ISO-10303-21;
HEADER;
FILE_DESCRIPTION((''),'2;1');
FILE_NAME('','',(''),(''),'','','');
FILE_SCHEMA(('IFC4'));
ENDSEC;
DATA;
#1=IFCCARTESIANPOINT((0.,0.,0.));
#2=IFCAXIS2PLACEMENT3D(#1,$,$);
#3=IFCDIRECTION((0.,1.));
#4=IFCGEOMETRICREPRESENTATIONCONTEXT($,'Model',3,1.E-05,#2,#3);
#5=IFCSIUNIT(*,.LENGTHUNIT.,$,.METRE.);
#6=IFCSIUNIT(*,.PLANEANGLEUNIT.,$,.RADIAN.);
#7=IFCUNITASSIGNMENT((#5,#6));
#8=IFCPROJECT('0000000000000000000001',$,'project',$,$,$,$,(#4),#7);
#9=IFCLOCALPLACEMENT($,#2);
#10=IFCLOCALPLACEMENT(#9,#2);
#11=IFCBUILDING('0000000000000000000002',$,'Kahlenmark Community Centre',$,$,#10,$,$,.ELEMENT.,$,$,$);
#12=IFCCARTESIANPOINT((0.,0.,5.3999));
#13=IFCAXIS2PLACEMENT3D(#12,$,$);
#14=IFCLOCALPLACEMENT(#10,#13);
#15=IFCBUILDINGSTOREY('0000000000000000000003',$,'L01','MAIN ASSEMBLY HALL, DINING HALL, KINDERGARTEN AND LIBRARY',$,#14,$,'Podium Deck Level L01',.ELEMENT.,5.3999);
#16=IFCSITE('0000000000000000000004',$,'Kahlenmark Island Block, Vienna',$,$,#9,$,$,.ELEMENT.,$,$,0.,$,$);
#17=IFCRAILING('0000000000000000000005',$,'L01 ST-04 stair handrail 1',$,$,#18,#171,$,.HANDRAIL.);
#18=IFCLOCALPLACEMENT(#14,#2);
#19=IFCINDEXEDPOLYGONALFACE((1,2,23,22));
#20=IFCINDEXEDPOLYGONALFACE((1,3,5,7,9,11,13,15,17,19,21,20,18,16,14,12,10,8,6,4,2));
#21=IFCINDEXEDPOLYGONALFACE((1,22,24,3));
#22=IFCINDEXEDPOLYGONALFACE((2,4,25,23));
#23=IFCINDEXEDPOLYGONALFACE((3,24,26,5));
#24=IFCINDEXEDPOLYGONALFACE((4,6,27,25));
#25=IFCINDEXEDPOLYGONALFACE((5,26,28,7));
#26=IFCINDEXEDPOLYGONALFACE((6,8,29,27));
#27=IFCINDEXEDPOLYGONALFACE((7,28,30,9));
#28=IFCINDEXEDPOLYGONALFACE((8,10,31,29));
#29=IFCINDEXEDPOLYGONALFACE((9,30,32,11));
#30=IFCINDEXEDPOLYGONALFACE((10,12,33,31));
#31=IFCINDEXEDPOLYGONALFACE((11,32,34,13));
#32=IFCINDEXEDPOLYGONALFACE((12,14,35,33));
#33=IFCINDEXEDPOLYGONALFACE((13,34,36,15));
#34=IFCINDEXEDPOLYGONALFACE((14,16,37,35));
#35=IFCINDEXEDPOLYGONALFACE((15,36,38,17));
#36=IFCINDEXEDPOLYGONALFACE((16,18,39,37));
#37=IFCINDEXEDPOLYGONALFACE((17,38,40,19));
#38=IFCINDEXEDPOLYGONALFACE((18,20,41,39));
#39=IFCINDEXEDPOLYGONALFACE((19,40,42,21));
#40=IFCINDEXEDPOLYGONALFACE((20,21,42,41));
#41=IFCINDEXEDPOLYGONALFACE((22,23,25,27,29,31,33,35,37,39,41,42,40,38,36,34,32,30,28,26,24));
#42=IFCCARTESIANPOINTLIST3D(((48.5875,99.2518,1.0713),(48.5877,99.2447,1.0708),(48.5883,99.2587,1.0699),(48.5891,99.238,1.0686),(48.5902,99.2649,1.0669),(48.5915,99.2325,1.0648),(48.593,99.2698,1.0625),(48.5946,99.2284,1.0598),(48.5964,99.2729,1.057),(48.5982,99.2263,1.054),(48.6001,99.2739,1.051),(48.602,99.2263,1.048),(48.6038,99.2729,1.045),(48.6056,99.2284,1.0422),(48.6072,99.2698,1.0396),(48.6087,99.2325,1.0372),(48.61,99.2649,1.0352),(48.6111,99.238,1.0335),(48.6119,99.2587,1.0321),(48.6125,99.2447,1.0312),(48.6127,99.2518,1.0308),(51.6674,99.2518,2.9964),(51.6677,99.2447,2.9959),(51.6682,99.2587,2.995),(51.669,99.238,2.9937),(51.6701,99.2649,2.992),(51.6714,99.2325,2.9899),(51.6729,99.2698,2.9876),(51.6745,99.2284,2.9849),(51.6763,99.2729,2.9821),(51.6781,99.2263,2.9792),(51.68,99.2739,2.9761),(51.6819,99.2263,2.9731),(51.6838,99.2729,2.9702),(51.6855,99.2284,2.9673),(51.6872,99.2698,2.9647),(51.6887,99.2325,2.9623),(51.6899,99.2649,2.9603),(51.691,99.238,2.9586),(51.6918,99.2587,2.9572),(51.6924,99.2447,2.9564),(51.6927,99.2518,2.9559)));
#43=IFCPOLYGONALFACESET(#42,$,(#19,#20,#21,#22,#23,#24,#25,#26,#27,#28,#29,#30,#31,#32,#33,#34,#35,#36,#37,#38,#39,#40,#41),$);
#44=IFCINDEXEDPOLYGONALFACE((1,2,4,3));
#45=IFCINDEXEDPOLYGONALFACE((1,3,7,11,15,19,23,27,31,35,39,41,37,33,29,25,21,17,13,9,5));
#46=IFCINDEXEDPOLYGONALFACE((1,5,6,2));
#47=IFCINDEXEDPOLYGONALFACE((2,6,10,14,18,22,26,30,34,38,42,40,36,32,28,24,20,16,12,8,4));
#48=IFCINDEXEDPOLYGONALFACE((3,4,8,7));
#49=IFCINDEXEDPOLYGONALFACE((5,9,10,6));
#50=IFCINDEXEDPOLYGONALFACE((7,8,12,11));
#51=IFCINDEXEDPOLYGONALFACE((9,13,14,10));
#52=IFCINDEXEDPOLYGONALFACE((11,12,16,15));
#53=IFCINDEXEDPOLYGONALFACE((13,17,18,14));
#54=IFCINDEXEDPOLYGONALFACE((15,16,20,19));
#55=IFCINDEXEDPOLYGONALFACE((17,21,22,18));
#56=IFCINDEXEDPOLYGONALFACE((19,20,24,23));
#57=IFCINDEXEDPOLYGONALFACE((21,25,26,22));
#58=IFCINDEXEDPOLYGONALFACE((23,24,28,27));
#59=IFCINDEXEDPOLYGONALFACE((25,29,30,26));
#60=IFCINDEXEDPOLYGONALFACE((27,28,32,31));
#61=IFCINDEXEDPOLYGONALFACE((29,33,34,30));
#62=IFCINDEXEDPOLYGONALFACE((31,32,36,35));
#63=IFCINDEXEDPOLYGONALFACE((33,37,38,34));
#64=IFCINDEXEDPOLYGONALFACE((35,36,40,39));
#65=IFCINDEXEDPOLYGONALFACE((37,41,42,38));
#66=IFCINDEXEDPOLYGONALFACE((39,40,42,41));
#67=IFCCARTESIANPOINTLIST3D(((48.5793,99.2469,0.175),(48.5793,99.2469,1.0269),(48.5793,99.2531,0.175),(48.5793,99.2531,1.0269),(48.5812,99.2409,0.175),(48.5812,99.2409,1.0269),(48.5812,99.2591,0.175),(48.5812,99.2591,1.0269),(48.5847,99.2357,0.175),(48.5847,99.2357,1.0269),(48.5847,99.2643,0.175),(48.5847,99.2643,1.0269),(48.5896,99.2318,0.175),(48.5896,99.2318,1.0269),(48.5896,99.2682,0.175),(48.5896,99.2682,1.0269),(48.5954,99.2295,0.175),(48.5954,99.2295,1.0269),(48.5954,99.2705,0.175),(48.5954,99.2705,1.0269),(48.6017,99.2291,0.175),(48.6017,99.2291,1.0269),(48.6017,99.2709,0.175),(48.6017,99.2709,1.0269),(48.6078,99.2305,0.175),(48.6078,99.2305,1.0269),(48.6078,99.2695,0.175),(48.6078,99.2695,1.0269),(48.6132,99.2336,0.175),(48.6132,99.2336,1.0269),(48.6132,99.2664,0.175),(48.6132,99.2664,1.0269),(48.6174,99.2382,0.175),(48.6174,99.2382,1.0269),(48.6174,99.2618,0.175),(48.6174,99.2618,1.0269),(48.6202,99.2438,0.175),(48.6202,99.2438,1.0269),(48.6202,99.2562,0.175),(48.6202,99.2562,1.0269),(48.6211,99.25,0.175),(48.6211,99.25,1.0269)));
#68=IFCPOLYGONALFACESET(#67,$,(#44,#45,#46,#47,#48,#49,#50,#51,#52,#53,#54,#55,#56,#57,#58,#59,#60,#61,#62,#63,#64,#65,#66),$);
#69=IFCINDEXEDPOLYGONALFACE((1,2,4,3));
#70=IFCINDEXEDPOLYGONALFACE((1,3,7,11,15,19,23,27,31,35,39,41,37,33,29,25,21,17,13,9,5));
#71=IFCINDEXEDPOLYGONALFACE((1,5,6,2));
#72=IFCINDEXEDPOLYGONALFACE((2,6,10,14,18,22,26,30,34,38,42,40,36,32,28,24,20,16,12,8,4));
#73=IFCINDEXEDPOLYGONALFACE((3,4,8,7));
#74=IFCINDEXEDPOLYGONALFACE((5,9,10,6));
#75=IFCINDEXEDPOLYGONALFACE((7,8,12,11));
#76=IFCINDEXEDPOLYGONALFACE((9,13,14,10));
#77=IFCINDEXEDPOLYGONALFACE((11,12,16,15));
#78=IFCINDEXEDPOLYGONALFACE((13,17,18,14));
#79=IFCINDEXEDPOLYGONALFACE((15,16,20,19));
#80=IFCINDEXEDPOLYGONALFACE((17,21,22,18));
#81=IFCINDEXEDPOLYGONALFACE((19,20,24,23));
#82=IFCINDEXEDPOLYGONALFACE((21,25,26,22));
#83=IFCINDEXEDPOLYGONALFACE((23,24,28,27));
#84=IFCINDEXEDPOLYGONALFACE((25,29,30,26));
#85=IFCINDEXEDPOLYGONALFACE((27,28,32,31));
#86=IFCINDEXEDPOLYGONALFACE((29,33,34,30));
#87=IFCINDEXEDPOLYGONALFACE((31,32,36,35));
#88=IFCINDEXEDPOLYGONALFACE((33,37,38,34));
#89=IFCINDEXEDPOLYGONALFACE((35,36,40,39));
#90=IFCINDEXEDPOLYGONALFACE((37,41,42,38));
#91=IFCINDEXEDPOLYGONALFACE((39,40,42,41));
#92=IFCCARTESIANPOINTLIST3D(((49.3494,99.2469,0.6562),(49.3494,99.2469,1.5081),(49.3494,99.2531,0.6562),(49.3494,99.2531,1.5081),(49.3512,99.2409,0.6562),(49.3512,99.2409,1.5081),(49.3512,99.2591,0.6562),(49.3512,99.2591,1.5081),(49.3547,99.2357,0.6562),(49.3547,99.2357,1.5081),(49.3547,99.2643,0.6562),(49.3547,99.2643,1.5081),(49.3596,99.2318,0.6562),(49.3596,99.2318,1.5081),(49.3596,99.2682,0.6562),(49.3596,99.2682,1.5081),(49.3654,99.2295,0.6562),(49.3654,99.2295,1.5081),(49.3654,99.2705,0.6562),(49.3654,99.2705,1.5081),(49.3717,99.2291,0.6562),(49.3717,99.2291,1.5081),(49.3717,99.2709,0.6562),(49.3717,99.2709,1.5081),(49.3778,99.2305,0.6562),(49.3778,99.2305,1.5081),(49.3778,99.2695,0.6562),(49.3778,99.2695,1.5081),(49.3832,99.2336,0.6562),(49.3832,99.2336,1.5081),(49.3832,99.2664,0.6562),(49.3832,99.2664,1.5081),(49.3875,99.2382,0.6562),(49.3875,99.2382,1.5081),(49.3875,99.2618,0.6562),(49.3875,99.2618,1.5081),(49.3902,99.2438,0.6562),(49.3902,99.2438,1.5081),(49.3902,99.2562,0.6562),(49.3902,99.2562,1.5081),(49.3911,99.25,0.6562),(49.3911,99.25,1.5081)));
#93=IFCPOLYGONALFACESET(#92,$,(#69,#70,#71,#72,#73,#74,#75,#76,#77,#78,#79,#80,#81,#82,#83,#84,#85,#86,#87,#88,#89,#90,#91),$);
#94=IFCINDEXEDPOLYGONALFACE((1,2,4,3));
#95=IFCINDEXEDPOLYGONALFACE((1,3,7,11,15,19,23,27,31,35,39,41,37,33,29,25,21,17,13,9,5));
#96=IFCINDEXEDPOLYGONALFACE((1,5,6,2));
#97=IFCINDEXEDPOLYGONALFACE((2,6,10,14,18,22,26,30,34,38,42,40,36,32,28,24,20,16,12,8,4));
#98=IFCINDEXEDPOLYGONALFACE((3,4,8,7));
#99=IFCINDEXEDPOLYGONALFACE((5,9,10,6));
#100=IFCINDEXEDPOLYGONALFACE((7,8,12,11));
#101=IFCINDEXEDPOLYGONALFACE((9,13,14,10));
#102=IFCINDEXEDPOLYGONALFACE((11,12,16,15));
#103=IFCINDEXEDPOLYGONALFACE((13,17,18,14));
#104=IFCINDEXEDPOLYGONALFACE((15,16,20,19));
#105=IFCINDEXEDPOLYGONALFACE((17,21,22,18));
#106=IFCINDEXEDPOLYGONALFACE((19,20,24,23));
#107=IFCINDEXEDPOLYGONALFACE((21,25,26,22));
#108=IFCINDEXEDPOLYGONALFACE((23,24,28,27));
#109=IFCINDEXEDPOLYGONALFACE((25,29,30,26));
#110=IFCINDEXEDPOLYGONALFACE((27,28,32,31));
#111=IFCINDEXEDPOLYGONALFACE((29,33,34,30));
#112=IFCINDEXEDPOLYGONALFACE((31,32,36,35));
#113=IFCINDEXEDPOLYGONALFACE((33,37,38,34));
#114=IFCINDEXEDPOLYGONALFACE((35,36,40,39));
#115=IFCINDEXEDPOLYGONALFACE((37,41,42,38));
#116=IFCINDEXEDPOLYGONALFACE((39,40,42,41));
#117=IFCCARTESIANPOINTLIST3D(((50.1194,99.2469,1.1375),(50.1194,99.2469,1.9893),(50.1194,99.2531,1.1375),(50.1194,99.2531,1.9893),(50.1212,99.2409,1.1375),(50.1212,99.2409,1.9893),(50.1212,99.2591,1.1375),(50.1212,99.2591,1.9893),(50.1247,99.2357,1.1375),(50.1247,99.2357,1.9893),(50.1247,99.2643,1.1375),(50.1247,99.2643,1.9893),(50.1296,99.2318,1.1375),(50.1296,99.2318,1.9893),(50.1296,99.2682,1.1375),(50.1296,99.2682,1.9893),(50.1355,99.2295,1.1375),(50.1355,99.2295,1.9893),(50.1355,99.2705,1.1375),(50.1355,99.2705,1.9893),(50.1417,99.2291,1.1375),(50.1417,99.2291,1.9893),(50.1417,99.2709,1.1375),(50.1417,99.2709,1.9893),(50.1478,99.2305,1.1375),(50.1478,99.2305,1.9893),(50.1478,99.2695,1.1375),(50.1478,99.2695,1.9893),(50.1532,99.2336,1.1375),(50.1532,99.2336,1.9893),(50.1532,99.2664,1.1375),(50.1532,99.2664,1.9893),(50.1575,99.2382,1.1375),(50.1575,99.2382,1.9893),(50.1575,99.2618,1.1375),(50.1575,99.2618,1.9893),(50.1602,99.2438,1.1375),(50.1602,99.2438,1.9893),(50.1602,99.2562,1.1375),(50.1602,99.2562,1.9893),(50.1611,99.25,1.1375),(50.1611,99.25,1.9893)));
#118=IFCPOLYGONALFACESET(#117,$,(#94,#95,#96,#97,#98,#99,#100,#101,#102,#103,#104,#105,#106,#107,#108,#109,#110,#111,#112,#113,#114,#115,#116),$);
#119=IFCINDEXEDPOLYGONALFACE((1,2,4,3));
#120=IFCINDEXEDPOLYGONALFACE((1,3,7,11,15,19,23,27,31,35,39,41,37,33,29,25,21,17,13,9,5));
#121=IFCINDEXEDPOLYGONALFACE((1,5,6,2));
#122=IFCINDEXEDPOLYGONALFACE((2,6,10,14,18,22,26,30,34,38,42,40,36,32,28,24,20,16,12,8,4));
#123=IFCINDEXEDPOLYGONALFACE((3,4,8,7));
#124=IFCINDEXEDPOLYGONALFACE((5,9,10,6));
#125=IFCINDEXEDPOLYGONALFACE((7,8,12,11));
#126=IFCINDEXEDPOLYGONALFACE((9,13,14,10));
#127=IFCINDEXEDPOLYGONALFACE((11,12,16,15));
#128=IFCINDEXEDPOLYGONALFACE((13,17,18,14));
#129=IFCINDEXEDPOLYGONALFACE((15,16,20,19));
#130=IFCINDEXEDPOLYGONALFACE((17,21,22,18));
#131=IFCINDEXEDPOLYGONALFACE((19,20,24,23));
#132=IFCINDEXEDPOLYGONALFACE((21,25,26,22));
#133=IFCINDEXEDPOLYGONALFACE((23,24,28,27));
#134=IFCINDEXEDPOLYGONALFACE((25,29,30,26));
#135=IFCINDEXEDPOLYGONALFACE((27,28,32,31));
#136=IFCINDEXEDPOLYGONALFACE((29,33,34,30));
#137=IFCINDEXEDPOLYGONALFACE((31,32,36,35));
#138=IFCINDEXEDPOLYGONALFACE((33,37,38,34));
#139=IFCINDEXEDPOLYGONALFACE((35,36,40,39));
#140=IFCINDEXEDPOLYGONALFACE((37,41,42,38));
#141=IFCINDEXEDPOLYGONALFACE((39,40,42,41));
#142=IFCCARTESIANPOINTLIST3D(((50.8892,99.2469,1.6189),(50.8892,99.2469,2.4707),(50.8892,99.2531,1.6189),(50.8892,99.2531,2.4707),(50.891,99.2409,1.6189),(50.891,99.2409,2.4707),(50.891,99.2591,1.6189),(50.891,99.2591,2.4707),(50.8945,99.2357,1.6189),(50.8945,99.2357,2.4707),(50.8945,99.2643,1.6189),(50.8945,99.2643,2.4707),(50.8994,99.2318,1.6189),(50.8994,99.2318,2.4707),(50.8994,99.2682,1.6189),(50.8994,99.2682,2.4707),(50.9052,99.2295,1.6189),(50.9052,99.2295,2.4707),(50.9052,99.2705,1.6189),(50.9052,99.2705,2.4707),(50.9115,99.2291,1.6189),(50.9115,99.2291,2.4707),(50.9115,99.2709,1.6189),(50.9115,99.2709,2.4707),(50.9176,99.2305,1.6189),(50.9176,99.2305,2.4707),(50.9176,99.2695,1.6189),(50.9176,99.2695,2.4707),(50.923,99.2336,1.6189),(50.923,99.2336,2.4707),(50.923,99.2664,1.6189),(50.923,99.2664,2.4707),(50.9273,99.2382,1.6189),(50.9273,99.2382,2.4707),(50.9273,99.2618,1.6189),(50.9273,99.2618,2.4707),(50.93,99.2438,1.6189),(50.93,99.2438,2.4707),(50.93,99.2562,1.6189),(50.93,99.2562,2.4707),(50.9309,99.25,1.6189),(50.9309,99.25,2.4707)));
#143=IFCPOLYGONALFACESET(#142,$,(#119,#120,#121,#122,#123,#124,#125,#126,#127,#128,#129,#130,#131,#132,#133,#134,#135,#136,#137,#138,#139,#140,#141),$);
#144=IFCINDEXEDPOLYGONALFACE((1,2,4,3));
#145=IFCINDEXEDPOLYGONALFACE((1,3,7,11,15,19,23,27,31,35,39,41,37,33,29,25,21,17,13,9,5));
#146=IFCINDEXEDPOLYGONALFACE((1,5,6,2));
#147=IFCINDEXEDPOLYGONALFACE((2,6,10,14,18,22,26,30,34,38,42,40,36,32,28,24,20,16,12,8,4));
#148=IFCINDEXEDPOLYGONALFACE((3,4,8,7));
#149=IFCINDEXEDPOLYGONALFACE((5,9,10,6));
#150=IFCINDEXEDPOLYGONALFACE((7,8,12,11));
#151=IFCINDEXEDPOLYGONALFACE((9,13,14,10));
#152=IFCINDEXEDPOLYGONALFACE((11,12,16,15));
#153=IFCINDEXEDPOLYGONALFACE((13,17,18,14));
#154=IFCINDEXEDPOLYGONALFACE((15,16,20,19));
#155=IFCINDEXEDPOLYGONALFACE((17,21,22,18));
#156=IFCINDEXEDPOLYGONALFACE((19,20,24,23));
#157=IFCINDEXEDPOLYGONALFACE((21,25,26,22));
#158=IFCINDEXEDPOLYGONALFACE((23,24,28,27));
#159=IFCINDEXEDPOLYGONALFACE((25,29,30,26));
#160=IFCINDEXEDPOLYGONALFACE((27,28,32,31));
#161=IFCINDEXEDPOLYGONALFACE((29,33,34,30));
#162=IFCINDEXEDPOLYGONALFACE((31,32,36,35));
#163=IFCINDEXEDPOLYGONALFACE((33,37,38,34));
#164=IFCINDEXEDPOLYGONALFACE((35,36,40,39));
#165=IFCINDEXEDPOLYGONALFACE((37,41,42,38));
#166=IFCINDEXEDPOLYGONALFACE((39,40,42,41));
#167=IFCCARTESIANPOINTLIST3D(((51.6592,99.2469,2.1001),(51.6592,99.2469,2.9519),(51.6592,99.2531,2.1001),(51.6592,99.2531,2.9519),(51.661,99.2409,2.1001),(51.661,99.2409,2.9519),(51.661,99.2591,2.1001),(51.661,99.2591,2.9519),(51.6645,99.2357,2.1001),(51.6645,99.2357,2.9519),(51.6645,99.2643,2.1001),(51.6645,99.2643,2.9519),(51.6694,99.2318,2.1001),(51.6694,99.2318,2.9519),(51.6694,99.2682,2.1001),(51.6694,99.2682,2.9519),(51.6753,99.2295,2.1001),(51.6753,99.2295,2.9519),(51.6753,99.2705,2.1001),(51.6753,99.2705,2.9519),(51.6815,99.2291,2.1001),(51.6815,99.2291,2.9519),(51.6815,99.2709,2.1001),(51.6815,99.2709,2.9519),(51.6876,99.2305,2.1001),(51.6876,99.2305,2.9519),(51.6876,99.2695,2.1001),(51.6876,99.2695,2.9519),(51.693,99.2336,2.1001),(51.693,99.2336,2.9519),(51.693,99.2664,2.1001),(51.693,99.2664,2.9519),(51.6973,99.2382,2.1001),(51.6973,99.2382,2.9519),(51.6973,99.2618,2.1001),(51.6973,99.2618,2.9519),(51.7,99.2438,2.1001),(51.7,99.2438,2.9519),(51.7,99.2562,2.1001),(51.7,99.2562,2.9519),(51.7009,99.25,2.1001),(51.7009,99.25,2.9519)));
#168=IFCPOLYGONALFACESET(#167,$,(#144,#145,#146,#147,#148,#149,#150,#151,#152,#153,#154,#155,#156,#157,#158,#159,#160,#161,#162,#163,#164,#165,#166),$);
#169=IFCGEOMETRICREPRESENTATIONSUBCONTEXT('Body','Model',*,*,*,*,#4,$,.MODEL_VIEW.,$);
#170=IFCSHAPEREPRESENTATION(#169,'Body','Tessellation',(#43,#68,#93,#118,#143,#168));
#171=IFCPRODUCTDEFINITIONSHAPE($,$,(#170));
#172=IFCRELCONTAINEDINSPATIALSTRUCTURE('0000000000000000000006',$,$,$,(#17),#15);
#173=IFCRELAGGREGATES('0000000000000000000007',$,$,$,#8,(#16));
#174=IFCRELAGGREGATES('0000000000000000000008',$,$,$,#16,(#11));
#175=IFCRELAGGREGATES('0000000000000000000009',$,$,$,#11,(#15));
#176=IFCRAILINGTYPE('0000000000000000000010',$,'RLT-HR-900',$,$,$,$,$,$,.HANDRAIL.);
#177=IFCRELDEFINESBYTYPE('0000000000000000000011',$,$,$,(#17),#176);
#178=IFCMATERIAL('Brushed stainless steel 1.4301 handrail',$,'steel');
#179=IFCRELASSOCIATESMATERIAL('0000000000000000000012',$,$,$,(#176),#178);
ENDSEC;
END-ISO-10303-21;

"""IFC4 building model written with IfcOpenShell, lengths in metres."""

from ifc_helpers import new_model, si_unit, direction, frame, origin, origin_2d, place, context, subcontext, project, spatial, circle, extrude, material, type_object, element, save


model = new_model("IFC4")

# Units and contexts
model_context = context("Model", 3, precision=1e-05, world=origin(), true_north=direction((0.0, 1.0)))
body_context = subcontext(model_context, "Body", "Model", "MODEL_VIEW")
ifc_project = project(units=[si_unit("LENGTHUNIT", "METRE"), si_unit("PLANEANGLEUNIT", "RADIAN")], contexts=[model_context])

# Site, building, storey
site_placement = place(None, origin())
site = spatial("IfcSite", under=ifc_project, at=site_placement, Name="Kahlenmark Island Block, Vienna", CompositionType="ELEMENT", RefElevation=0.0)
building_placement = place(site_placement, origin())
building = spatial("IfcBuilding", under=site, at=building_placement, Name="Kahlenmark Community Centre", CompositionType="ELEMENT")
storey_placement = place(building_placement, frame((0.0, 0.0, 5.3999)))
storey = spatial("IfcBuildingStorey", under=building, at=storey_placement, Name="L01", Description="MAIN ASSEMBLY HALL, DINING HALL, KINDERGARTEN AND LIBRARY", LongName="Podium Deck Level L01", CompositionType="ELEMENT", Elevation=5.3999)

# Railing
ifc_material_1 = material(Name="Brushed stainless steel 1.4301 handrail", Category="steel")
railing_type_1 = type_object("IfcRailingType", Name="RLT-HR-900", PredefinedType="HANDRAIL", material=ifc_material_1)
railing_1_placement = place(storey_placement, frame((48.6001, 99.25, 0.175)))
element("IfcRailing", 1, at=railing_1_placement, inside=storey, type_object=railing_type_1, Name="L01 ST-04 stair handrail 1", PredefinedType="HANDRAIL", context=body_context, shape_type="SweptSolid", body=[
    extrude(circle(Radius=0.0239, at=origin_2d()), frame((0.0, 0.0, 0.876), z_axis=(0.847979, 0.0, 0.530029), x_axis=(0.0, 1.0, 0.0)), (0.0, 0.0, 1.0), 3.6321),
    extrude(circle(Radius=0.021, at=origin_2d()), origin(), (0.0, 0.0, 1.0), 0.8518),
    extrude(circle(Radius=0.021, at=origin_2d()), frame((0.77, 0.0, 0.4812)), (0.0, 0.0, 1.0), 0.8518),
    extrude(circle(Radius=0.021, at=origin_2d()), frame((1.54, 0.0, 0.9624)), (0.0, 0.0, 1.0), 0.8518),
    extrude(circle(Radius=0.021, at=origin_2d()), frame((2.3098, 0.0, 1.4438)), (0.0, 0.0, 1.0), 0.8518),
    extrude(circle(Radius=0.021, at=origin_2d()), frame((3.0798, 0.0, 1.925)), (0.0, 0.0, 1.0), 0.8518),
])

save(model, "model.ifc")
